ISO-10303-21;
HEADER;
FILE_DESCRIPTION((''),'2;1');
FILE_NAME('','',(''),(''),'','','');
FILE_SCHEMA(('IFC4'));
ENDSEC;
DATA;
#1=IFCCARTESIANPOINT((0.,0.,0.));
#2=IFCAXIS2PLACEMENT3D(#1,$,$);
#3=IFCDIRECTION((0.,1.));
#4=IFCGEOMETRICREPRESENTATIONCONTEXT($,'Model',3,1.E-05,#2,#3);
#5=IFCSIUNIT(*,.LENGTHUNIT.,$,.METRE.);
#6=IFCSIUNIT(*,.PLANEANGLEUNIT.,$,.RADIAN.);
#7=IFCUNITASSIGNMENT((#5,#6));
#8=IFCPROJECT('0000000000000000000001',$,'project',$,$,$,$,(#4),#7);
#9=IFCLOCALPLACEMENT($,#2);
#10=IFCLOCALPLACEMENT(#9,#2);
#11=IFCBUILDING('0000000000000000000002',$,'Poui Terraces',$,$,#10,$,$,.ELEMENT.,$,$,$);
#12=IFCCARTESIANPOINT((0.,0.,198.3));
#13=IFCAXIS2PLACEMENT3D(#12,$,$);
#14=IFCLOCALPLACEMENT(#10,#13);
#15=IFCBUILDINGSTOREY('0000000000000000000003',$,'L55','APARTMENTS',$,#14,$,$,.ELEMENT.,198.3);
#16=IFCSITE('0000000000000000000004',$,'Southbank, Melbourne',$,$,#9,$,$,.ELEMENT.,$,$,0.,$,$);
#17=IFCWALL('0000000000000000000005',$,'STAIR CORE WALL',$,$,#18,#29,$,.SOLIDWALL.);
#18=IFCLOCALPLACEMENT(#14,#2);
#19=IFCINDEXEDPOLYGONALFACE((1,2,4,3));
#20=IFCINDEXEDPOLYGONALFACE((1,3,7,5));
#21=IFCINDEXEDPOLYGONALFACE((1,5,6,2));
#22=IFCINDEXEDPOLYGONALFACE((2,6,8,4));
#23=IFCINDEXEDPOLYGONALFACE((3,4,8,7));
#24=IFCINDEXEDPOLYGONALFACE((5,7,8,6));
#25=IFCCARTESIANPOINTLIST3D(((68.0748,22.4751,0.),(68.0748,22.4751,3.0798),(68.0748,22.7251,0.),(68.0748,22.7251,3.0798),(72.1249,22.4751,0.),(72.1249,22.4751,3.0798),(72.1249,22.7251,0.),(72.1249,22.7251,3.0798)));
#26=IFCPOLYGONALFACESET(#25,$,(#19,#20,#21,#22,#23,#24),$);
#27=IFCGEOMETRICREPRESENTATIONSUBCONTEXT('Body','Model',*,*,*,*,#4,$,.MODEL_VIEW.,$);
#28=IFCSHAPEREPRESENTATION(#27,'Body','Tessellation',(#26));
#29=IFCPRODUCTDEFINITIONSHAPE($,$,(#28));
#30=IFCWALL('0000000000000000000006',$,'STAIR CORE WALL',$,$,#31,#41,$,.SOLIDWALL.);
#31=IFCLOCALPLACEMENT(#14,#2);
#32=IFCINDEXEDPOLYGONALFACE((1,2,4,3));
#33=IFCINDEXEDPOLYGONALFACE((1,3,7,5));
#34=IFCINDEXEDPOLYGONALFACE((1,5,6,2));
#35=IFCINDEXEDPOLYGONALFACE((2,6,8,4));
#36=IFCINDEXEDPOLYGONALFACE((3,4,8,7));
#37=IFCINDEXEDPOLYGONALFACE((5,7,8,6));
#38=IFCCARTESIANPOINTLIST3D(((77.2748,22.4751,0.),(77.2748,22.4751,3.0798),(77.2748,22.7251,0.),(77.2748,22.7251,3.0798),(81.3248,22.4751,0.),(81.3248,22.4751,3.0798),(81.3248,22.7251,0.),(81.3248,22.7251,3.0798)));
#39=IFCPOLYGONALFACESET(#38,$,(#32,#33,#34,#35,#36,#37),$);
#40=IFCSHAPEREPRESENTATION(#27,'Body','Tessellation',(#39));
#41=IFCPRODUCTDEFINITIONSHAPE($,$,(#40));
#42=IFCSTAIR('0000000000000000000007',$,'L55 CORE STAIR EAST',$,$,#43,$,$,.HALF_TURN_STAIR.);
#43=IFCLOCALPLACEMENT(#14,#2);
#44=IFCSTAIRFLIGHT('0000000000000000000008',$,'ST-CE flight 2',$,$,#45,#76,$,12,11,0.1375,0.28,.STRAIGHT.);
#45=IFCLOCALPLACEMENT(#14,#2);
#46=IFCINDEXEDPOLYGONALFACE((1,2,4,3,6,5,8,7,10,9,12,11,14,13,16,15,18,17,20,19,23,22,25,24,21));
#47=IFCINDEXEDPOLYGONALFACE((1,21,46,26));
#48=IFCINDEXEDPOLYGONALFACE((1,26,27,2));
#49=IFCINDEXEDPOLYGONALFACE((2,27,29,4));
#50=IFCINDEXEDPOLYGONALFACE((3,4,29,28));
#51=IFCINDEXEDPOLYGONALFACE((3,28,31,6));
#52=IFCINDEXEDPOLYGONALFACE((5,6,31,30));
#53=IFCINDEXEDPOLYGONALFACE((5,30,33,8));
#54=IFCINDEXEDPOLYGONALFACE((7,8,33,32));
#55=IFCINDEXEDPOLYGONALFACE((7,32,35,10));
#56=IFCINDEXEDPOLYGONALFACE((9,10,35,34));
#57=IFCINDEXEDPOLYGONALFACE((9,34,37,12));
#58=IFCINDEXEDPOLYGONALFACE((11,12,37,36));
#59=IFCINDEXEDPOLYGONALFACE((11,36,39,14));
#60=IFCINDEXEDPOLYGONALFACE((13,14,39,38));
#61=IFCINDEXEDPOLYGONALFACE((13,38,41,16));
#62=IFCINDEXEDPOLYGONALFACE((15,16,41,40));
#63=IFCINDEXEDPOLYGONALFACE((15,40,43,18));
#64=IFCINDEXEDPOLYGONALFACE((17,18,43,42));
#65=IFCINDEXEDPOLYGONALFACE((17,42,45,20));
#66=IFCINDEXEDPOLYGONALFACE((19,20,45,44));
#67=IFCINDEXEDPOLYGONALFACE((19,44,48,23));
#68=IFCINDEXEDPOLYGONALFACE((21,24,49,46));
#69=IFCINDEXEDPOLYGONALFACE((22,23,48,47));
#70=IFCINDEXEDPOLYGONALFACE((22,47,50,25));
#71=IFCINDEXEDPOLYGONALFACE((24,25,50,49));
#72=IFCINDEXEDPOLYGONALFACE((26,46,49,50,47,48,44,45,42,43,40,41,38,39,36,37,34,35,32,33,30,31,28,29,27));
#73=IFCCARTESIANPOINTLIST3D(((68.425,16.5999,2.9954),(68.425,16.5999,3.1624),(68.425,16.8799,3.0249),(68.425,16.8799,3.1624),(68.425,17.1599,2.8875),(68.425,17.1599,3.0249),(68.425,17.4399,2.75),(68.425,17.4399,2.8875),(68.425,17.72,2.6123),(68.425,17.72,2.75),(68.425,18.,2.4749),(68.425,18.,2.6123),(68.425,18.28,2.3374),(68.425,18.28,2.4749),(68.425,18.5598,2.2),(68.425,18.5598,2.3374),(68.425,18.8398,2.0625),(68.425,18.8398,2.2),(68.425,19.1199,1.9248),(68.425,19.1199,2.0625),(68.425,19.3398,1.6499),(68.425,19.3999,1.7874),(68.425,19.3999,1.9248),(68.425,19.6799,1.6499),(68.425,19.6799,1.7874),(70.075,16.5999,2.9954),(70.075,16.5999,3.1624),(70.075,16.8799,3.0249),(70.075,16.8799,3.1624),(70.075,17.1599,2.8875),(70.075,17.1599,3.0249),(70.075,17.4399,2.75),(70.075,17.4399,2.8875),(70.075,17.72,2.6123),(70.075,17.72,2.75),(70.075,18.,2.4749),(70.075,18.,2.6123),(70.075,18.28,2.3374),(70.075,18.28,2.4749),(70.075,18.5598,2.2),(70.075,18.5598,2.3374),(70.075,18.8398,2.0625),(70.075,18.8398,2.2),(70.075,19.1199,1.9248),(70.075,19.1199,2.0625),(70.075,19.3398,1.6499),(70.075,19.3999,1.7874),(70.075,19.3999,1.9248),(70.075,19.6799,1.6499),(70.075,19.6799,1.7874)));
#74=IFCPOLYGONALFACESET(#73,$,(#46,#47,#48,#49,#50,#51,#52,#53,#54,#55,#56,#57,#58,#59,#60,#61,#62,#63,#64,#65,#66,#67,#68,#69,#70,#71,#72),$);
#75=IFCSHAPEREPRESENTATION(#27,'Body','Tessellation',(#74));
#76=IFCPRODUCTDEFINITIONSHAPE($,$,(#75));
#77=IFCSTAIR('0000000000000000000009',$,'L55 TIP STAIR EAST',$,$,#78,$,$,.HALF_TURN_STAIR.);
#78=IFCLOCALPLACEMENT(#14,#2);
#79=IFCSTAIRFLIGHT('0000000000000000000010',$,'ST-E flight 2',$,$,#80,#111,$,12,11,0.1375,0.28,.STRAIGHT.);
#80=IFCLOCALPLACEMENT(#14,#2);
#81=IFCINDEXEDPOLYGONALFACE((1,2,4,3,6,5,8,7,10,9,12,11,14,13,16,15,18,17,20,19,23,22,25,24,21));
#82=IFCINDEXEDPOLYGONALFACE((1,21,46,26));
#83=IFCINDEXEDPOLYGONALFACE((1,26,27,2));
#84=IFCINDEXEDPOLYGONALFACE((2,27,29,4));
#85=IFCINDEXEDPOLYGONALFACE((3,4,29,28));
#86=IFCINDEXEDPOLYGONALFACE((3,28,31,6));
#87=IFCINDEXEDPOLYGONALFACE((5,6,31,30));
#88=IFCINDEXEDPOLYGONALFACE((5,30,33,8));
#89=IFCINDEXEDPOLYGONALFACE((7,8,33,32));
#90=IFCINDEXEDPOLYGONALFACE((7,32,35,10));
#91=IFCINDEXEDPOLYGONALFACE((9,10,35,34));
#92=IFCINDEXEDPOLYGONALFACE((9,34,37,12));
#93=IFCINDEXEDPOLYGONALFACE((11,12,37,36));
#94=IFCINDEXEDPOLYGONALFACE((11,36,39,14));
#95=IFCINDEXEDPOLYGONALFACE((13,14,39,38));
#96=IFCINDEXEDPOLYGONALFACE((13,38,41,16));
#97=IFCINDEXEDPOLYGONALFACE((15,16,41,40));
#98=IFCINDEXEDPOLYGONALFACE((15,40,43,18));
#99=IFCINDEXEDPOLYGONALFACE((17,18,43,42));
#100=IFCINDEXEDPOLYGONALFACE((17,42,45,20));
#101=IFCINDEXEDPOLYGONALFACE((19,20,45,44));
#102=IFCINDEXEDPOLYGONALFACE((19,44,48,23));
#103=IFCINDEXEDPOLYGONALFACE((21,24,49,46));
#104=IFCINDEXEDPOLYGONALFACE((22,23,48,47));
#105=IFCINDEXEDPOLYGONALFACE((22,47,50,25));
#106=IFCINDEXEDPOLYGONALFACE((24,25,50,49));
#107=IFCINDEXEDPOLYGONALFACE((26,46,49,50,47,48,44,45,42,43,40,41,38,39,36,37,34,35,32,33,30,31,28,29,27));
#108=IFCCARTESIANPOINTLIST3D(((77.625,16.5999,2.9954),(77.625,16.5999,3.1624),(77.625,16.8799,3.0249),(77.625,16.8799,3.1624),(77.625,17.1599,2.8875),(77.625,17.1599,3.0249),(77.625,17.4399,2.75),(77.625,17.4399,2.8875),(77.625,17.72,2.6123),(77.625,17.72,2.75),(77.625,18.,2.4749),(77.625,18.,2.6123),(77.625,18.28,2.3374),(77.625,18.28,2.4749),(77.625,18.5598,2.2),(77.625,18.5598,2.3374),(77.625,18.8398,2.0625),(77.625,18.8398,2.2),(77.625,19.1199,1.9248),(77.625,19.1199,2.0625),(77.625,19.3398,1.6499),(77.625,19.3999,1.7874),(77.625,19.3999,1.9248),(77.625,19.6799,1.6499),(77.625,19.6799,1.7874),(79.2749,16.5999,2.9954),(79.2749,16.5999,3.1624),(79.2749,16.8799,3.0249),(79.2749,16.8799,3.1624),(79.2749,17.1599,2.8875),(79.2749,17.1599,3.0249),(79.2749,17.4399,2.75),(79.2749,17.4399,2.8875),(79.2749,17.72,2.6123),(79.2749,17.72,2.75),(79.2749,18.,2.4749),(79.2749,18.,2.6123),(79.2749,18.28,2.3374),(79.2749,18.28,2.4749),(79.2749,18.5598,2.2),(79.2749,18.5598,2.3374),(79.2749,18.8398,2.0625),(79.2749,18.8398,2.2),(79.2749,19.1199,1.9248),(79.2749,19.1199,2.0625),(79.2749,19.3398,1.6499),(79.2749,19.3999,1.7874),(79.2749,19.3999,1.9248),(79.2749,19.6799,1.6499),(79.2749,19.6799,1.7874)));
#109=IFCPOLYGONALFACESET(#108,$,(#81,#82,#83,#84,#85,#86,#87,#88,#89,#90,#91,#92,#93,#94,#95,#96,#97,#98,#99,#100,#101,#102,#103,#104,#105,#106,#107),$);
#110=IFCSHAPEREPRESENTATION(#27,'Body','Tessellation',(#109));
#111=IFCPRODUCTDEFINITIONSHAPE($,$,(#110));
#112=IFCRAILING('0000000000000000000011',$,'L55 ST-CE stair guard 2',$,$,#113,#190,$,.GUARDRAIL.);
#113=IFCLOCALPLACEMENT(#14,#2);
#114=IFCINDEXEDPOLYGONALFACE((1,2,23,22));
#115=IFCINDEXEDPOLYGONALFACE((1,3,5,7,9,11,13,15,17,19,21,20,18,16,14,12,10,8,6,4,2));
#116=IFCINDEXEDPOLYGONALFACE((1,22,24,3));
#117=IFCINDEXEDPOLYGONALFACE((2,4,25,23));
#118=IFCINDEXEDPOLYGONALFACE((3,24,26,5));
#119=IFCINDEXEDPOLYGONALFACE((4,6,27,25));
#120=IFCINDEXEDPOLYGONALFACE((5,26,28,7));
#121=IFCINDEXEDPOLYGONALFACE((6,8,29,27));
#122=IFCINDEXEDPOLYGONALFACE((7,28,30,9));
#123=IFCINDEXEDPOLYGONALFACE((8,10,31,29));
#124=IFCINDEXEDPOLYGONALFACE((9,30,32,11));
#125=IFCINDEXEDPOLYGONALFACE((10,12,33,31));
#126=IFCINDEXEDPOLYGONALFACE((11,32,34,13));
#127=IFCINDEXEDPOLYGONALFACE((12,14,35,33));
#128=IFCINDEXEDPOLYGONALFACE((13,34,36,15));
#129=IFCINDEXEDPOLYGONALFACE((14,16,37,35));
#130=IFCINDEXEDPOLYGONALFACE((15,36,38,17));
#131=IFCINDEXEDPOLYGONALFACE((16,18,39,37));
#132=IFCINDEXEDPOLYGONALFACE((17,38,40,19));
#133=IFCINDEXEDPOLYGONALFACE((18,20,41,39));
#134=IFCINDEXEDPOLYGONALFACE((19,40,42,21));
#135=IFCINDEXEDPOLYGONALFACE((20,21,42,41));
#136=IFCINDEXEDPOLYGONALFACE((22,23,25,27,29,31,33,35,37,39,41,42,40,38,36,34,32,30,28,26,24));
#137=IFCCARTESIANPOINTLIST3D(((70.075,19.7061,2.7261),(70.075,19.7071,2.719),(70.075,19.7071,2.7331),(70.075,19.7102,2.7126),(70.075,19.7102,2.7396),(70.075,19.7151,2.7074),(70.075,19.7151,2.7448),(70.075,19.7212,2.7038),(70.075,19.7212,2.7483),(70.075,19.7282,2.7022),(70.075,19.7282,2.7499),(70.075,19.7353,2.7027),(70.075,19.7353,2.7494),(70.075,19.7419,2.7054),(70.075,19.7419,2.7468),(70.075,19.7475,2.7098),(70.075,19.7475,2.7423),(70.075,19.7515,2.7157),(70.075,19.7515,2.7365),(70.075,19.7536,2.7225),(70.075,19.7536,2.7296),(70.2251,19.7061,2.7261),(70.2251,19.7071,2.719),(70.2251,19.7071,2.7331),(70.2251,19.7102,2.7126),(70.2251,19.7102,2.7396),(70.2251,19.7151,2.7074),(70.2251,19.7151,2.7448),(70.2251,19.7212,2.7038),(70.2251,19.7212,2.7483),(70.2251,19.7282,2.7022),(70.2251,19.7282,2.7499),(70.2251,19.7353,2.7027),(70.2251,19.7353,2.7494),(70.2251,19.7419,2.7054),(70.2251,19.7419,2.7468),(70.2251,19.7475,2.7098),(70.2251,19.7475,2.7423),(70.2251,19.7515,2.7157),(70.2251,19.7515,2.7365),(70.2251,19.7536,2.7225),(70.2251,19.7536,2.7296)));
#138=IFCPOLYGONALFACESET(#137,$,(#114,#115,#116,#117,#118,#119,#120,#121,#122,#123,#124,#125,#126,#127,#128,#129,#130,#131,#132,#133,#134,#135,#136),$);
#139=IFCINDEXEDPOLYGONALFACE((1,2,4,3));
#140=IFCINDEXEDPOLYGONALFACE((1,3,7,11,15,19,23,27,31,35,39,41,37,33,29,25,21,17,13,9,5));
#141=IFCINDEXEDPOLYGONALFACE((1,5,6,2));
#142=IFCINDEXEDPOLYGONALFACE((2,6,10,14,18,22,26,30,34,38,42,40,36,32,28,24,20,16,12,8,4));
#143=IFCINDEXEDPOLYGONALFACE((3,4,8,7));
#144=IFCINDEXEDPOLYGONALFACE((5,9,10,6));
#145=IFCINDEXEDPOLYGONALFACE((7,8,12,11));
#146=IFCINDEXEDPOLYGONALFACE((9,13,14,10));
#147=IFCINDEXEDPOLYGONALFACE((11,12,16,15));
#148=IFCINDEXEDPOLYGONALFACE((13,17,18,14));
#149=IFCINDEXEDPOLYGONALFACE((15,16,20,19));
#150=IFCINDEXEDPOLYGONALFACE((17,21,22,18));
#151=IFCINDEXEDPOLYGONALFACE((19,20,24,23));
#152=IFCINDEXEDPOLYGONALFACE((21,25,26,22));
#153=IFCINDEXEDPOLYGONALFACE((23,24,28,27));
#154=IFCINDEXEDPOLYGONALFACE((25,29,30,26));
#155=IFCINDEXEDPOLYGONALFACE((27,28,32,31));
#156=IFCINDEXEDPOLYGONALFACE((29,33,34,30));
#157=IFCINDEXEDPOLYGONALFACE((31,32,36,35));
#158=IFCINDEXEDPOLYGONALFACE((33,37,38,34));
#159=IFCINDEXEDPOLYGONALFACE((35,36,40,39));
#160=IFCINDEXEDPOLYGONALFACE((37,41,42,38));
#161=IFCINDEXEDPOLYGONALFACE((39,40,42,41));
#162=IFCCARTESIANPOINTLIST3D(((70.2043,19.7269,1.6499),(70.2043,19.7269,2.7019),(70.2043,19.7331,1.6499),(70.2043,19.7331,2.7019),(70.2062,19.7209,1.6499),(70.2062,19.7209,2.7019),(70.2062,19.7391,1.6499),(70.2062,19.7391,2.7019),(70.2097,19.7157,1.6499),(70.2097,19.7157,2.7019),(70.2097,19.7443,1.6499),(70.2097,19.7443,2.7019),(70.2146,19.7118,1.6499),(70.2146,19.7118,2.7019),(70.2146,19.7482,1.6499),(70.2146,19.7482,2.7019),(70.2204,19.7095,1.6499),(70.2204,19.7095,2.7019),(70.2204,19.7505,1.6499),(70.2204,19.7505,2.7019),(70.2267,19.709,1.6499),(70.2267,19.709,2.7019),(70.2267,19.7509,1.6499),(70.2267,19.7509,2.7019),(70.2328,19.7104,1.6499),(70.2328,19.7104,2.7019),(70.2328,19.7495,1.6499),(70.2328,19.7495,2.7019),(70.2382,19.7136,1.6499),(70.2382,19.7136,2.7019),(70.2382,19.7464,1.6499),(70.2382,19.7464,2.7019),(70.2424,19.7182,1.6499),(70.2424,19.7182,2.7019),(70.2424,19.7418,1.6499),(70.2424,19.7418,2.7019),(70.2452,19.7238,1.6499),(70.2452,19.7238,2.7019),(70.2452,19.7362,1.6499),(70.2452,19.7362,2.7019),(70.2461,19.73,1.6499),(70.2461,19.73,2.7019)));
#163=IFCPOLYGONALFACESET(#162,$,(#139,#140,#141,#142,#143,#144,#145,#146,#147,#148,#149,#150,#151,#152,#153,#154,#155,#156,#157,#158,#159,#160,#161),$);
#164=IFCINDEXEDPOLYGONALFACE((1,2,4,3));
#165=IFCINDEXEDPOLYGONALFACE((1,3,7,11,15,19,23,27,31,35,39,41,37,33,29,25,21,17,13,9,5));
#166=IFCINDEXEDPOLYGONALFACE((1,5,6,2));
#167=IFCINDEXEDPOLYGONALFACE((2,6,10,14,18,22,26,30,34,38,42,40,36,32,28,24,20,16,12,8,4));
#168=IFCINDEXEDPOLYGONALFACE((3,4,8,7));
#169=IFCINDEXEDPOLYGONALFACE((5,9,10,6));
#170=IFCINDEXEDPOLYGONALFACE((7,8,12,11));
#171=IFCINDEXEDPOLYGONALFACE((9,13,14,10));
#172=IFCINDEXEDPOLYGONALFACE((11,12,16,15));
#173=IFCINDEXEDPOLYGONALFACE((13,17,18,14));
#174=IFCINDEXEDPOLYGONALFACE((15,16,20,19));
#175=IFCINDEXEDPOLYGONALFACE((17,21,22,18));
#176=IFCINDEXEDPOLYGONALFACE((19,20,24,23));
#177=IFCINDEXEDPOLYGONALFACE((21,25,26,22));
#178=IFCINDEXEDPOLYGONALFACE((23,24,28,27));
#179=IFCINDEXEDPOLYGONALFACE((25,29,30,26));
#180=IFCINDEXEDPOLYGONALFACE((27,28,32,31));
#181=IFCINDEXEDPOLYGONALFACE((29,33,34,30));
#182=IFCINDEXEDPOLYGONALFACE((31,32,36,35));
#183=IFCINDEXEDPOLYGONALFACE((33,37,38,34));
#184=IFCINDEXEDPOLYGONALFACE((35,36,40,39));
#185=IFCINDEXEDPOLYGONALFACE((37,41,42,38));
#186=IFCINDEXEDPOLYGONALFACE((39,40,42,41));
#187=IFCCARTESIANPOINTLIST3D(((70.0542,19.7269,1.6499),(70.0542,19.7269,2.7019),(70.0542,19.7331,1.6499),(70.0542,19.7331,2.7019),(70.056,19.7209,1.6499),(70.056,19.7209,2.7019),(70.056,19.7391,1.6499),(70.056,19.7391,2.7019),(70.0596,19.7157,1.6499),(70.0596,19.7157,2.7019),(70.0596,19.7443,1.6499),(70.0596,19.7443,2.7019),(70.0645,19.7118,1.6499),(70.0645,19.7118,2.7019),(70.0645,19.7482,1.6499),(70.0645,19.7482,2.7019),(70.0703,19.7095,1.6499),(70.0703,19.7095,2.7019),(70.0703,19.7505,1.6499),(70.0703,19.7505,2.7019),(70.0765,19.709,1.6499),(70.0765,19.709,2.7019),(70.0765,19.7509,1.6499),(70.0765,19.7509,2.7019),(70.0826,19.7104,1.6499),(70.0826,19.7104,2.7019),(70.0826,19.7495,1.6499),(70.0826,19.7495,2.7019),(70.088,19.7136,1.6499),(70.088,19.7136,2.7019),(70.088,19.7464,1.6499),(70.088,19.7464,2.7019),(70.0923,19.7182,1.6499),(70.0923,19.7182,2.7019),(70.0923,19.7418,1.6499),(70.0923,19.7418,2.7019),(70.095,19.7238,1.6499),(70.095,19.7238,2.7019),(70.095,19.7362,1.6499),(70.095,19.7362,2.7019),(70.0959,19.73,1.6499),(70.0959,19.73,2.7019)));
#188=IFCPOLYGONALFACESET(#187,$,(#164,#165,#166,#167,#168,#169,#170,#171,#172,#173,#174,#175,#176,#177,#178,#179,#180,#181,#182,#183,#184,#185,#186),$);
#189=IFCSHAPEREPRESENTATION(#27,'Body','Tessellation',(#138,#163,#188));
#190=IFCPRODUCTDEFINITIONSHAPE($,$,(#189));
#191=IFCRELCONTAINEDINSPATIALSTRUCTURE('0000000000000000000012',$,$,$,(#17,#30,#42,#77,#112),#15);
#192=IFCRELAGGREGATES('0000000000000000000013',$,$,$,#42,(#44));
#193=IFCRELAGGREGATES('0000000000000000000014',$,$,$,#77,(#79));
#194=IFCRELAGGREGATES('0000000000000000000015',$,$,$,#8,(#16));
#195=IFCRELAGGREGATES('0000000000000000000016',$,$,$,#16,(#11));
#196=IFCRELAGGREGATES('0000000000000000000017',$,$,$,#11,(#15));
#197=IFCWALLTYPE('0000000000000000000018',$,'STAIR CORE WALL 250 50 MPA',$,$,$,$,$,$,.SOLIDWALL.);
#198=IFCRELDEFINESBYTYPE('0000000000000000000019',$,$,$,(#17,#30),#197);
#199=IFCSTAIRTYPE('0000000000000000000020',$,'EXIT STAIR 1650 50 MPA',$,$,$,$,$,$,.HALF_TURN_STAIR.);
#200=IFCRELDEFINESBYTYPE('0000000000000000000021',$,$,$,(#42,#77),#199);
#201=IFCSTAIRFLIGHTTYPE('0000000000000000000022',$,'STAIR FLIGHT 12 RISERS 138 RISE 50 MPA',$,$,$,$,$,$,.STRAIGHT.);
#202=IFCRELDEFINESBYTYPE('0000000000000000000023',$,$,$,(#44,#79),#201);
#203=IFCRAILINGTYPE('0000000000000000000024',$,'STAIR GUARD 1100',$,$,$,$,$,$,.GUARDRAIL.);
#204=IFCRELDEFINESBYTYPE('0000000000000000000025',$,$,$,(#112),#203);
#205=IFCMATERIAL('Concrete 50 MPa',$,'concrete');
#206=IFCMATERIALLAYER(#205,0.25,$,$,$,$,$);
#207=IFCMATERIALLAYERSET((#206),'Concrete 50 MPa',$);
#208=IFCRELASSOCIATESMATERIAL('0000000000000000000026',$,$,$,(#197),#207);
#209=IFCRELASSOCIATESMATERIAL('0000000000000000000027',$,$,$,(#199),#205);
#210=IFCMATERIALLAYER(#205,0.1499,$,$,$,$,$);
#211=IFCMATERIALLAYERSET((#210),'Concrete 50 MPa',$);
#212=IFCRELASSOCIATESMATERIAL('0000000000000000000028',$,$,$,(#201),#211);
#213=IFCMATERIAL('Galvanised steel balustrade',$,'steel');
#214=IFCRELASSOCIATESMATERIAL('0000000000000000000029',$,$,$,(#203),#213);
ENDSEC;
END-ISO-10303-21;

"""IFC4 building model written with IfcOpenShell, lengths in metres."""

from ifc_helpers import new_model, si_unit, direction, frame, frame_2d, origin, origin_2d, place, context, subcontext, project, spatial, polyline, rectangle, circle, outline, extrude, material, layer, layer_set, type_object, element, aggregate, save


model = new_model("IFC4")

# Units and contexts
model_context = context("Model", 3, precision=1e-05, world=origin(), true_north=direction((0.0, 1.0)))
body_context = subcontext(model_context, "Body", "Model", "MODEL_VIEW")
ifc_project = project(units=[si_unit("LENGTHUNIT", "METRE"), si_unit("PLANEANGLEUNIT", "RADIAN")], contexts=[model_context])

# Site, building, storey
site_placement = place(None, origin())
site = spatial("IfcSite", under=ifc_project, at=site_placement, Name="Southbank, Melbourne", CompositionType="ELEMENT", RefElevation=0.0)
building_placement = place(site_placement, origin())
building = spatial("IfcBuilding", under=site, at=building_placement, Name="Poui Terraces", CompositionType="ELEMENT")
storey_placement = place(building_placement, frame((0.0, 0.0, 198.3)))
storey = spatial("IfcBuildingStorey", under=building, at=storey_placement, Name="L55", Description="APARTMENTS", CompositionType="ELEMENT", Elevation=198.3)

# Shared definitions
ifc_material_1 = material(Name="Concrete 50 MPa", Category="concrete")

# Walls
ifc_layer_1 = layer(ifc_material_1, 0.25)
ifc_layer_set_1 = layer_set([ifc_layer_1], Name="Concrete 50 MPa")
wall_type_1 = type_object("IfcWallType", Name="STAIR CORE WALL 250 50 MPA", PredefinedType="SOLIDWALL", material=ifc_layer_set_1)
for number, where, z_axis, x_axis, name in (
    (1, (68.075, 22.6001, 0.0), (0.0, 0.0, 1.0), (1.0, 0.0, 0.0), "STAIR CORE WALL"),
    (2, (77.2749, 22.6001, 0.0), (0.0, 0.0, 1.0), (1.0, 0.0, 0.0), "STAIR CORE WALL"),
):
    element("IfcWall", number, at=place(storey_placement, frame(where, z_axis=z_axis, x_axis=x_axis)), inside=storey, type_object=wall_type_1, Name=name, PredefinedType="SOLIDWALL", context=body_context, shape_type="SweptSolid", body=[
        extrude(rectangle(XDim=4.05, YDim=0.25, at=frame_2d((2.0249, 0.0))), origin(), (0.0, 0.0, 1.0), 3.0798),
    ])

# Stairs, stair flights
stair_type = type_object("IfcStairType", Name="EXIT STAIR 1650 50 MPA", PredefinedType="HALF_TURN_STAIR", material=ifc_material_1)
stair_1_placement = place(storey_placement, origin())
stair_1 = element("IfcStair", 3, at=stair_1_placement, inside=storey, type_object=stair_type, Name="L55 CORE STAIR EAST", PredefinedType="HALF_TURN_STAIR")
ifc_layer_2 = layer(ifc_material_1, 0.1499)
ifc_layer_set_2 = layer_set([ifc_layer_2], Name="Concrete 50 MPa")
stair_flight_type = type_object("IfcStairFlightType", Name="STAIR FLIGHT 12 RISERS 138 RISE 50 MPA", PredefinedType="STRAIGHT", material=ifc_layer_set_2)
stair_flight_1_placement = place(storey_placement, frame((69.25, 19.6799, 1.6499), z_axis=(0.0, 0.0, 1.0), x_axis=(0.0, -1.0, 0.0)))
stair_flight_1 = element("IfcStairFlight", 4, at=stair_flight_1_placement, type_object=stair_flight_type, Name="ST-CE flight 2", NumberOfRisers=12, NumberOfTreads=11, PredefinedType="STRAIGHT", RiserHeight=0.1375, TreadLength=0.28, context=body_context, shape_type="SweptSolid", body=[
    extrude(outline(polyline([(0.0, 0.0), (0.0, 0.1375), (0.28, 0.1375), (0.28, 0.2749), (0.5601, 0.2749), (0.5601, 0.4126), (0.8401, 0.4126), (0.8401, 0.55), (1.1201, 0.55), (1.1201, 0.6875), (1.3999, 0.6875), (1.3999, 0.825), (1.6799, 0.825), (1.6799, 0.9624), (1.96, 0.9624), (1.96, 1.1001), (2.24, 1.1001), (2.24, 1.2375), (2.52, 1.2375), (2.52, 1.375), (2.8, 1.375), (2.8, 1.5125), (3.0801, 1.5125), (3.0801, 1.6499), (3.0801, 1.3455), (0.3401, 0.0), (0.0, 0.0)])), frame((0.0, 0.825, 0.0), z_axis=(0.0, -1.0, 0.0), x_axis=(1.0, 0.0, 0.0)), (0.0, 0.0, 1.0), 1.6499),
])
aggregate(stair_1, [stair_flight_1])
stair_2_placement = place(storey_placement, origin())
stair_2 = element("IfcStair", 5, at=stair_2_placement, inside=storey, type_object=stair_type, Name="L55 TIP STAIR EAST", PredefinedType="HALF_TURN_STAIR")
stair_flight_2_placement = place(storey_placement, frame((78.45, 19.6799, 1.6499), z_axis=(0.0, 0.0, 1.0), x_axis=(0.0, -1.0, 0.0)))
stair_flight_2 = element("IfcStairFlight", 6, at=stair_flight_2_placement, type_object=stair_flight_type, Name="ST-E flight 2", NumberOfRisers=12, NumberOfTreads=11, PredefinedType="STRAIGHT", RiserHeight=0.1375, TreadLength=0.28, context=body_context, shape_type="SweptSolid", body=[
    extrude(outline(polyline([(0.0, 0.0), (0.0, 0.1375), (0.28, 0.1375), (0.28, 0.2749), (0.5601, 0.2749), (0.5601, 0.4126), (0.8401, 0.4126), (0.8401, 0.55), (1.1201, 0.55), (1.1201, 0.6875), (1.3999, 0.6875), (1.3999, 0.825), (1.6799, 0.825), (1.6799, 0.9624), (1.96, 0.9624), (1.96, 1.1001), (2.24, 1.1001), (2.24, 1.2375), (2.52, 1.2375), (2.52, 1.375), (2.8, 1.375), (2.8, 1.5125), (3.0801, 1.5125), (3.0801, 1.6499), (3.0801, 1.3455), (0.3401, 0.0), (0.0, 0.0)])), frame((0.0, 0.825, 0.0), z_axis=(0.0, -1.0, 0.0), x_axis=(1.0, 0.0, 0.0)), (0.0, 0.0, 1.0), 1.6499),
])
aggregate(stair_2, [stair_flight_2])

# Railing
ifc_material_2 = material(Name="Galvanised steel balustrade", Category="steel")
railing_type_1 = type_object("IfcRailingType", Name="STAIR GUARD 1100", PredefinedType="GUARDRAIL", material=ifc_material_2)
railing_1_placement = place(storey_placement, frame((70.2251, 19.73, 1.6499)))
element("IfcRailing", 7, at=railing_1_placement, inside=storey, type_object=railing_type_1, Name="L55 ST-CE stair guard 2", PredefinedType="GUARDRAIL", context=body_context, shape_type="SweptSolid", body=[
    extrude(circle(Radius=0.0239, at=origin_2d()), frame((0.0, 0.0, 1.0762), z_axis=(-1.0, 0.0, 0.0), x_axis=(0.0, -1.0, 0.0)), (0.0, 0.0, 1.0), 0.1501),
    extrude(circle(Radius=0.021, at=origin_2d()), origin(), (0.0, 0.0, 1.0), 1.052),
    extrude(circle(Radius=0.021, at=origin_2d()), frame((-0.1501, 0.0, 0.0)), (0.0, 0.0, 1.0), 1.052),
])

save(model, "model.ifc")
